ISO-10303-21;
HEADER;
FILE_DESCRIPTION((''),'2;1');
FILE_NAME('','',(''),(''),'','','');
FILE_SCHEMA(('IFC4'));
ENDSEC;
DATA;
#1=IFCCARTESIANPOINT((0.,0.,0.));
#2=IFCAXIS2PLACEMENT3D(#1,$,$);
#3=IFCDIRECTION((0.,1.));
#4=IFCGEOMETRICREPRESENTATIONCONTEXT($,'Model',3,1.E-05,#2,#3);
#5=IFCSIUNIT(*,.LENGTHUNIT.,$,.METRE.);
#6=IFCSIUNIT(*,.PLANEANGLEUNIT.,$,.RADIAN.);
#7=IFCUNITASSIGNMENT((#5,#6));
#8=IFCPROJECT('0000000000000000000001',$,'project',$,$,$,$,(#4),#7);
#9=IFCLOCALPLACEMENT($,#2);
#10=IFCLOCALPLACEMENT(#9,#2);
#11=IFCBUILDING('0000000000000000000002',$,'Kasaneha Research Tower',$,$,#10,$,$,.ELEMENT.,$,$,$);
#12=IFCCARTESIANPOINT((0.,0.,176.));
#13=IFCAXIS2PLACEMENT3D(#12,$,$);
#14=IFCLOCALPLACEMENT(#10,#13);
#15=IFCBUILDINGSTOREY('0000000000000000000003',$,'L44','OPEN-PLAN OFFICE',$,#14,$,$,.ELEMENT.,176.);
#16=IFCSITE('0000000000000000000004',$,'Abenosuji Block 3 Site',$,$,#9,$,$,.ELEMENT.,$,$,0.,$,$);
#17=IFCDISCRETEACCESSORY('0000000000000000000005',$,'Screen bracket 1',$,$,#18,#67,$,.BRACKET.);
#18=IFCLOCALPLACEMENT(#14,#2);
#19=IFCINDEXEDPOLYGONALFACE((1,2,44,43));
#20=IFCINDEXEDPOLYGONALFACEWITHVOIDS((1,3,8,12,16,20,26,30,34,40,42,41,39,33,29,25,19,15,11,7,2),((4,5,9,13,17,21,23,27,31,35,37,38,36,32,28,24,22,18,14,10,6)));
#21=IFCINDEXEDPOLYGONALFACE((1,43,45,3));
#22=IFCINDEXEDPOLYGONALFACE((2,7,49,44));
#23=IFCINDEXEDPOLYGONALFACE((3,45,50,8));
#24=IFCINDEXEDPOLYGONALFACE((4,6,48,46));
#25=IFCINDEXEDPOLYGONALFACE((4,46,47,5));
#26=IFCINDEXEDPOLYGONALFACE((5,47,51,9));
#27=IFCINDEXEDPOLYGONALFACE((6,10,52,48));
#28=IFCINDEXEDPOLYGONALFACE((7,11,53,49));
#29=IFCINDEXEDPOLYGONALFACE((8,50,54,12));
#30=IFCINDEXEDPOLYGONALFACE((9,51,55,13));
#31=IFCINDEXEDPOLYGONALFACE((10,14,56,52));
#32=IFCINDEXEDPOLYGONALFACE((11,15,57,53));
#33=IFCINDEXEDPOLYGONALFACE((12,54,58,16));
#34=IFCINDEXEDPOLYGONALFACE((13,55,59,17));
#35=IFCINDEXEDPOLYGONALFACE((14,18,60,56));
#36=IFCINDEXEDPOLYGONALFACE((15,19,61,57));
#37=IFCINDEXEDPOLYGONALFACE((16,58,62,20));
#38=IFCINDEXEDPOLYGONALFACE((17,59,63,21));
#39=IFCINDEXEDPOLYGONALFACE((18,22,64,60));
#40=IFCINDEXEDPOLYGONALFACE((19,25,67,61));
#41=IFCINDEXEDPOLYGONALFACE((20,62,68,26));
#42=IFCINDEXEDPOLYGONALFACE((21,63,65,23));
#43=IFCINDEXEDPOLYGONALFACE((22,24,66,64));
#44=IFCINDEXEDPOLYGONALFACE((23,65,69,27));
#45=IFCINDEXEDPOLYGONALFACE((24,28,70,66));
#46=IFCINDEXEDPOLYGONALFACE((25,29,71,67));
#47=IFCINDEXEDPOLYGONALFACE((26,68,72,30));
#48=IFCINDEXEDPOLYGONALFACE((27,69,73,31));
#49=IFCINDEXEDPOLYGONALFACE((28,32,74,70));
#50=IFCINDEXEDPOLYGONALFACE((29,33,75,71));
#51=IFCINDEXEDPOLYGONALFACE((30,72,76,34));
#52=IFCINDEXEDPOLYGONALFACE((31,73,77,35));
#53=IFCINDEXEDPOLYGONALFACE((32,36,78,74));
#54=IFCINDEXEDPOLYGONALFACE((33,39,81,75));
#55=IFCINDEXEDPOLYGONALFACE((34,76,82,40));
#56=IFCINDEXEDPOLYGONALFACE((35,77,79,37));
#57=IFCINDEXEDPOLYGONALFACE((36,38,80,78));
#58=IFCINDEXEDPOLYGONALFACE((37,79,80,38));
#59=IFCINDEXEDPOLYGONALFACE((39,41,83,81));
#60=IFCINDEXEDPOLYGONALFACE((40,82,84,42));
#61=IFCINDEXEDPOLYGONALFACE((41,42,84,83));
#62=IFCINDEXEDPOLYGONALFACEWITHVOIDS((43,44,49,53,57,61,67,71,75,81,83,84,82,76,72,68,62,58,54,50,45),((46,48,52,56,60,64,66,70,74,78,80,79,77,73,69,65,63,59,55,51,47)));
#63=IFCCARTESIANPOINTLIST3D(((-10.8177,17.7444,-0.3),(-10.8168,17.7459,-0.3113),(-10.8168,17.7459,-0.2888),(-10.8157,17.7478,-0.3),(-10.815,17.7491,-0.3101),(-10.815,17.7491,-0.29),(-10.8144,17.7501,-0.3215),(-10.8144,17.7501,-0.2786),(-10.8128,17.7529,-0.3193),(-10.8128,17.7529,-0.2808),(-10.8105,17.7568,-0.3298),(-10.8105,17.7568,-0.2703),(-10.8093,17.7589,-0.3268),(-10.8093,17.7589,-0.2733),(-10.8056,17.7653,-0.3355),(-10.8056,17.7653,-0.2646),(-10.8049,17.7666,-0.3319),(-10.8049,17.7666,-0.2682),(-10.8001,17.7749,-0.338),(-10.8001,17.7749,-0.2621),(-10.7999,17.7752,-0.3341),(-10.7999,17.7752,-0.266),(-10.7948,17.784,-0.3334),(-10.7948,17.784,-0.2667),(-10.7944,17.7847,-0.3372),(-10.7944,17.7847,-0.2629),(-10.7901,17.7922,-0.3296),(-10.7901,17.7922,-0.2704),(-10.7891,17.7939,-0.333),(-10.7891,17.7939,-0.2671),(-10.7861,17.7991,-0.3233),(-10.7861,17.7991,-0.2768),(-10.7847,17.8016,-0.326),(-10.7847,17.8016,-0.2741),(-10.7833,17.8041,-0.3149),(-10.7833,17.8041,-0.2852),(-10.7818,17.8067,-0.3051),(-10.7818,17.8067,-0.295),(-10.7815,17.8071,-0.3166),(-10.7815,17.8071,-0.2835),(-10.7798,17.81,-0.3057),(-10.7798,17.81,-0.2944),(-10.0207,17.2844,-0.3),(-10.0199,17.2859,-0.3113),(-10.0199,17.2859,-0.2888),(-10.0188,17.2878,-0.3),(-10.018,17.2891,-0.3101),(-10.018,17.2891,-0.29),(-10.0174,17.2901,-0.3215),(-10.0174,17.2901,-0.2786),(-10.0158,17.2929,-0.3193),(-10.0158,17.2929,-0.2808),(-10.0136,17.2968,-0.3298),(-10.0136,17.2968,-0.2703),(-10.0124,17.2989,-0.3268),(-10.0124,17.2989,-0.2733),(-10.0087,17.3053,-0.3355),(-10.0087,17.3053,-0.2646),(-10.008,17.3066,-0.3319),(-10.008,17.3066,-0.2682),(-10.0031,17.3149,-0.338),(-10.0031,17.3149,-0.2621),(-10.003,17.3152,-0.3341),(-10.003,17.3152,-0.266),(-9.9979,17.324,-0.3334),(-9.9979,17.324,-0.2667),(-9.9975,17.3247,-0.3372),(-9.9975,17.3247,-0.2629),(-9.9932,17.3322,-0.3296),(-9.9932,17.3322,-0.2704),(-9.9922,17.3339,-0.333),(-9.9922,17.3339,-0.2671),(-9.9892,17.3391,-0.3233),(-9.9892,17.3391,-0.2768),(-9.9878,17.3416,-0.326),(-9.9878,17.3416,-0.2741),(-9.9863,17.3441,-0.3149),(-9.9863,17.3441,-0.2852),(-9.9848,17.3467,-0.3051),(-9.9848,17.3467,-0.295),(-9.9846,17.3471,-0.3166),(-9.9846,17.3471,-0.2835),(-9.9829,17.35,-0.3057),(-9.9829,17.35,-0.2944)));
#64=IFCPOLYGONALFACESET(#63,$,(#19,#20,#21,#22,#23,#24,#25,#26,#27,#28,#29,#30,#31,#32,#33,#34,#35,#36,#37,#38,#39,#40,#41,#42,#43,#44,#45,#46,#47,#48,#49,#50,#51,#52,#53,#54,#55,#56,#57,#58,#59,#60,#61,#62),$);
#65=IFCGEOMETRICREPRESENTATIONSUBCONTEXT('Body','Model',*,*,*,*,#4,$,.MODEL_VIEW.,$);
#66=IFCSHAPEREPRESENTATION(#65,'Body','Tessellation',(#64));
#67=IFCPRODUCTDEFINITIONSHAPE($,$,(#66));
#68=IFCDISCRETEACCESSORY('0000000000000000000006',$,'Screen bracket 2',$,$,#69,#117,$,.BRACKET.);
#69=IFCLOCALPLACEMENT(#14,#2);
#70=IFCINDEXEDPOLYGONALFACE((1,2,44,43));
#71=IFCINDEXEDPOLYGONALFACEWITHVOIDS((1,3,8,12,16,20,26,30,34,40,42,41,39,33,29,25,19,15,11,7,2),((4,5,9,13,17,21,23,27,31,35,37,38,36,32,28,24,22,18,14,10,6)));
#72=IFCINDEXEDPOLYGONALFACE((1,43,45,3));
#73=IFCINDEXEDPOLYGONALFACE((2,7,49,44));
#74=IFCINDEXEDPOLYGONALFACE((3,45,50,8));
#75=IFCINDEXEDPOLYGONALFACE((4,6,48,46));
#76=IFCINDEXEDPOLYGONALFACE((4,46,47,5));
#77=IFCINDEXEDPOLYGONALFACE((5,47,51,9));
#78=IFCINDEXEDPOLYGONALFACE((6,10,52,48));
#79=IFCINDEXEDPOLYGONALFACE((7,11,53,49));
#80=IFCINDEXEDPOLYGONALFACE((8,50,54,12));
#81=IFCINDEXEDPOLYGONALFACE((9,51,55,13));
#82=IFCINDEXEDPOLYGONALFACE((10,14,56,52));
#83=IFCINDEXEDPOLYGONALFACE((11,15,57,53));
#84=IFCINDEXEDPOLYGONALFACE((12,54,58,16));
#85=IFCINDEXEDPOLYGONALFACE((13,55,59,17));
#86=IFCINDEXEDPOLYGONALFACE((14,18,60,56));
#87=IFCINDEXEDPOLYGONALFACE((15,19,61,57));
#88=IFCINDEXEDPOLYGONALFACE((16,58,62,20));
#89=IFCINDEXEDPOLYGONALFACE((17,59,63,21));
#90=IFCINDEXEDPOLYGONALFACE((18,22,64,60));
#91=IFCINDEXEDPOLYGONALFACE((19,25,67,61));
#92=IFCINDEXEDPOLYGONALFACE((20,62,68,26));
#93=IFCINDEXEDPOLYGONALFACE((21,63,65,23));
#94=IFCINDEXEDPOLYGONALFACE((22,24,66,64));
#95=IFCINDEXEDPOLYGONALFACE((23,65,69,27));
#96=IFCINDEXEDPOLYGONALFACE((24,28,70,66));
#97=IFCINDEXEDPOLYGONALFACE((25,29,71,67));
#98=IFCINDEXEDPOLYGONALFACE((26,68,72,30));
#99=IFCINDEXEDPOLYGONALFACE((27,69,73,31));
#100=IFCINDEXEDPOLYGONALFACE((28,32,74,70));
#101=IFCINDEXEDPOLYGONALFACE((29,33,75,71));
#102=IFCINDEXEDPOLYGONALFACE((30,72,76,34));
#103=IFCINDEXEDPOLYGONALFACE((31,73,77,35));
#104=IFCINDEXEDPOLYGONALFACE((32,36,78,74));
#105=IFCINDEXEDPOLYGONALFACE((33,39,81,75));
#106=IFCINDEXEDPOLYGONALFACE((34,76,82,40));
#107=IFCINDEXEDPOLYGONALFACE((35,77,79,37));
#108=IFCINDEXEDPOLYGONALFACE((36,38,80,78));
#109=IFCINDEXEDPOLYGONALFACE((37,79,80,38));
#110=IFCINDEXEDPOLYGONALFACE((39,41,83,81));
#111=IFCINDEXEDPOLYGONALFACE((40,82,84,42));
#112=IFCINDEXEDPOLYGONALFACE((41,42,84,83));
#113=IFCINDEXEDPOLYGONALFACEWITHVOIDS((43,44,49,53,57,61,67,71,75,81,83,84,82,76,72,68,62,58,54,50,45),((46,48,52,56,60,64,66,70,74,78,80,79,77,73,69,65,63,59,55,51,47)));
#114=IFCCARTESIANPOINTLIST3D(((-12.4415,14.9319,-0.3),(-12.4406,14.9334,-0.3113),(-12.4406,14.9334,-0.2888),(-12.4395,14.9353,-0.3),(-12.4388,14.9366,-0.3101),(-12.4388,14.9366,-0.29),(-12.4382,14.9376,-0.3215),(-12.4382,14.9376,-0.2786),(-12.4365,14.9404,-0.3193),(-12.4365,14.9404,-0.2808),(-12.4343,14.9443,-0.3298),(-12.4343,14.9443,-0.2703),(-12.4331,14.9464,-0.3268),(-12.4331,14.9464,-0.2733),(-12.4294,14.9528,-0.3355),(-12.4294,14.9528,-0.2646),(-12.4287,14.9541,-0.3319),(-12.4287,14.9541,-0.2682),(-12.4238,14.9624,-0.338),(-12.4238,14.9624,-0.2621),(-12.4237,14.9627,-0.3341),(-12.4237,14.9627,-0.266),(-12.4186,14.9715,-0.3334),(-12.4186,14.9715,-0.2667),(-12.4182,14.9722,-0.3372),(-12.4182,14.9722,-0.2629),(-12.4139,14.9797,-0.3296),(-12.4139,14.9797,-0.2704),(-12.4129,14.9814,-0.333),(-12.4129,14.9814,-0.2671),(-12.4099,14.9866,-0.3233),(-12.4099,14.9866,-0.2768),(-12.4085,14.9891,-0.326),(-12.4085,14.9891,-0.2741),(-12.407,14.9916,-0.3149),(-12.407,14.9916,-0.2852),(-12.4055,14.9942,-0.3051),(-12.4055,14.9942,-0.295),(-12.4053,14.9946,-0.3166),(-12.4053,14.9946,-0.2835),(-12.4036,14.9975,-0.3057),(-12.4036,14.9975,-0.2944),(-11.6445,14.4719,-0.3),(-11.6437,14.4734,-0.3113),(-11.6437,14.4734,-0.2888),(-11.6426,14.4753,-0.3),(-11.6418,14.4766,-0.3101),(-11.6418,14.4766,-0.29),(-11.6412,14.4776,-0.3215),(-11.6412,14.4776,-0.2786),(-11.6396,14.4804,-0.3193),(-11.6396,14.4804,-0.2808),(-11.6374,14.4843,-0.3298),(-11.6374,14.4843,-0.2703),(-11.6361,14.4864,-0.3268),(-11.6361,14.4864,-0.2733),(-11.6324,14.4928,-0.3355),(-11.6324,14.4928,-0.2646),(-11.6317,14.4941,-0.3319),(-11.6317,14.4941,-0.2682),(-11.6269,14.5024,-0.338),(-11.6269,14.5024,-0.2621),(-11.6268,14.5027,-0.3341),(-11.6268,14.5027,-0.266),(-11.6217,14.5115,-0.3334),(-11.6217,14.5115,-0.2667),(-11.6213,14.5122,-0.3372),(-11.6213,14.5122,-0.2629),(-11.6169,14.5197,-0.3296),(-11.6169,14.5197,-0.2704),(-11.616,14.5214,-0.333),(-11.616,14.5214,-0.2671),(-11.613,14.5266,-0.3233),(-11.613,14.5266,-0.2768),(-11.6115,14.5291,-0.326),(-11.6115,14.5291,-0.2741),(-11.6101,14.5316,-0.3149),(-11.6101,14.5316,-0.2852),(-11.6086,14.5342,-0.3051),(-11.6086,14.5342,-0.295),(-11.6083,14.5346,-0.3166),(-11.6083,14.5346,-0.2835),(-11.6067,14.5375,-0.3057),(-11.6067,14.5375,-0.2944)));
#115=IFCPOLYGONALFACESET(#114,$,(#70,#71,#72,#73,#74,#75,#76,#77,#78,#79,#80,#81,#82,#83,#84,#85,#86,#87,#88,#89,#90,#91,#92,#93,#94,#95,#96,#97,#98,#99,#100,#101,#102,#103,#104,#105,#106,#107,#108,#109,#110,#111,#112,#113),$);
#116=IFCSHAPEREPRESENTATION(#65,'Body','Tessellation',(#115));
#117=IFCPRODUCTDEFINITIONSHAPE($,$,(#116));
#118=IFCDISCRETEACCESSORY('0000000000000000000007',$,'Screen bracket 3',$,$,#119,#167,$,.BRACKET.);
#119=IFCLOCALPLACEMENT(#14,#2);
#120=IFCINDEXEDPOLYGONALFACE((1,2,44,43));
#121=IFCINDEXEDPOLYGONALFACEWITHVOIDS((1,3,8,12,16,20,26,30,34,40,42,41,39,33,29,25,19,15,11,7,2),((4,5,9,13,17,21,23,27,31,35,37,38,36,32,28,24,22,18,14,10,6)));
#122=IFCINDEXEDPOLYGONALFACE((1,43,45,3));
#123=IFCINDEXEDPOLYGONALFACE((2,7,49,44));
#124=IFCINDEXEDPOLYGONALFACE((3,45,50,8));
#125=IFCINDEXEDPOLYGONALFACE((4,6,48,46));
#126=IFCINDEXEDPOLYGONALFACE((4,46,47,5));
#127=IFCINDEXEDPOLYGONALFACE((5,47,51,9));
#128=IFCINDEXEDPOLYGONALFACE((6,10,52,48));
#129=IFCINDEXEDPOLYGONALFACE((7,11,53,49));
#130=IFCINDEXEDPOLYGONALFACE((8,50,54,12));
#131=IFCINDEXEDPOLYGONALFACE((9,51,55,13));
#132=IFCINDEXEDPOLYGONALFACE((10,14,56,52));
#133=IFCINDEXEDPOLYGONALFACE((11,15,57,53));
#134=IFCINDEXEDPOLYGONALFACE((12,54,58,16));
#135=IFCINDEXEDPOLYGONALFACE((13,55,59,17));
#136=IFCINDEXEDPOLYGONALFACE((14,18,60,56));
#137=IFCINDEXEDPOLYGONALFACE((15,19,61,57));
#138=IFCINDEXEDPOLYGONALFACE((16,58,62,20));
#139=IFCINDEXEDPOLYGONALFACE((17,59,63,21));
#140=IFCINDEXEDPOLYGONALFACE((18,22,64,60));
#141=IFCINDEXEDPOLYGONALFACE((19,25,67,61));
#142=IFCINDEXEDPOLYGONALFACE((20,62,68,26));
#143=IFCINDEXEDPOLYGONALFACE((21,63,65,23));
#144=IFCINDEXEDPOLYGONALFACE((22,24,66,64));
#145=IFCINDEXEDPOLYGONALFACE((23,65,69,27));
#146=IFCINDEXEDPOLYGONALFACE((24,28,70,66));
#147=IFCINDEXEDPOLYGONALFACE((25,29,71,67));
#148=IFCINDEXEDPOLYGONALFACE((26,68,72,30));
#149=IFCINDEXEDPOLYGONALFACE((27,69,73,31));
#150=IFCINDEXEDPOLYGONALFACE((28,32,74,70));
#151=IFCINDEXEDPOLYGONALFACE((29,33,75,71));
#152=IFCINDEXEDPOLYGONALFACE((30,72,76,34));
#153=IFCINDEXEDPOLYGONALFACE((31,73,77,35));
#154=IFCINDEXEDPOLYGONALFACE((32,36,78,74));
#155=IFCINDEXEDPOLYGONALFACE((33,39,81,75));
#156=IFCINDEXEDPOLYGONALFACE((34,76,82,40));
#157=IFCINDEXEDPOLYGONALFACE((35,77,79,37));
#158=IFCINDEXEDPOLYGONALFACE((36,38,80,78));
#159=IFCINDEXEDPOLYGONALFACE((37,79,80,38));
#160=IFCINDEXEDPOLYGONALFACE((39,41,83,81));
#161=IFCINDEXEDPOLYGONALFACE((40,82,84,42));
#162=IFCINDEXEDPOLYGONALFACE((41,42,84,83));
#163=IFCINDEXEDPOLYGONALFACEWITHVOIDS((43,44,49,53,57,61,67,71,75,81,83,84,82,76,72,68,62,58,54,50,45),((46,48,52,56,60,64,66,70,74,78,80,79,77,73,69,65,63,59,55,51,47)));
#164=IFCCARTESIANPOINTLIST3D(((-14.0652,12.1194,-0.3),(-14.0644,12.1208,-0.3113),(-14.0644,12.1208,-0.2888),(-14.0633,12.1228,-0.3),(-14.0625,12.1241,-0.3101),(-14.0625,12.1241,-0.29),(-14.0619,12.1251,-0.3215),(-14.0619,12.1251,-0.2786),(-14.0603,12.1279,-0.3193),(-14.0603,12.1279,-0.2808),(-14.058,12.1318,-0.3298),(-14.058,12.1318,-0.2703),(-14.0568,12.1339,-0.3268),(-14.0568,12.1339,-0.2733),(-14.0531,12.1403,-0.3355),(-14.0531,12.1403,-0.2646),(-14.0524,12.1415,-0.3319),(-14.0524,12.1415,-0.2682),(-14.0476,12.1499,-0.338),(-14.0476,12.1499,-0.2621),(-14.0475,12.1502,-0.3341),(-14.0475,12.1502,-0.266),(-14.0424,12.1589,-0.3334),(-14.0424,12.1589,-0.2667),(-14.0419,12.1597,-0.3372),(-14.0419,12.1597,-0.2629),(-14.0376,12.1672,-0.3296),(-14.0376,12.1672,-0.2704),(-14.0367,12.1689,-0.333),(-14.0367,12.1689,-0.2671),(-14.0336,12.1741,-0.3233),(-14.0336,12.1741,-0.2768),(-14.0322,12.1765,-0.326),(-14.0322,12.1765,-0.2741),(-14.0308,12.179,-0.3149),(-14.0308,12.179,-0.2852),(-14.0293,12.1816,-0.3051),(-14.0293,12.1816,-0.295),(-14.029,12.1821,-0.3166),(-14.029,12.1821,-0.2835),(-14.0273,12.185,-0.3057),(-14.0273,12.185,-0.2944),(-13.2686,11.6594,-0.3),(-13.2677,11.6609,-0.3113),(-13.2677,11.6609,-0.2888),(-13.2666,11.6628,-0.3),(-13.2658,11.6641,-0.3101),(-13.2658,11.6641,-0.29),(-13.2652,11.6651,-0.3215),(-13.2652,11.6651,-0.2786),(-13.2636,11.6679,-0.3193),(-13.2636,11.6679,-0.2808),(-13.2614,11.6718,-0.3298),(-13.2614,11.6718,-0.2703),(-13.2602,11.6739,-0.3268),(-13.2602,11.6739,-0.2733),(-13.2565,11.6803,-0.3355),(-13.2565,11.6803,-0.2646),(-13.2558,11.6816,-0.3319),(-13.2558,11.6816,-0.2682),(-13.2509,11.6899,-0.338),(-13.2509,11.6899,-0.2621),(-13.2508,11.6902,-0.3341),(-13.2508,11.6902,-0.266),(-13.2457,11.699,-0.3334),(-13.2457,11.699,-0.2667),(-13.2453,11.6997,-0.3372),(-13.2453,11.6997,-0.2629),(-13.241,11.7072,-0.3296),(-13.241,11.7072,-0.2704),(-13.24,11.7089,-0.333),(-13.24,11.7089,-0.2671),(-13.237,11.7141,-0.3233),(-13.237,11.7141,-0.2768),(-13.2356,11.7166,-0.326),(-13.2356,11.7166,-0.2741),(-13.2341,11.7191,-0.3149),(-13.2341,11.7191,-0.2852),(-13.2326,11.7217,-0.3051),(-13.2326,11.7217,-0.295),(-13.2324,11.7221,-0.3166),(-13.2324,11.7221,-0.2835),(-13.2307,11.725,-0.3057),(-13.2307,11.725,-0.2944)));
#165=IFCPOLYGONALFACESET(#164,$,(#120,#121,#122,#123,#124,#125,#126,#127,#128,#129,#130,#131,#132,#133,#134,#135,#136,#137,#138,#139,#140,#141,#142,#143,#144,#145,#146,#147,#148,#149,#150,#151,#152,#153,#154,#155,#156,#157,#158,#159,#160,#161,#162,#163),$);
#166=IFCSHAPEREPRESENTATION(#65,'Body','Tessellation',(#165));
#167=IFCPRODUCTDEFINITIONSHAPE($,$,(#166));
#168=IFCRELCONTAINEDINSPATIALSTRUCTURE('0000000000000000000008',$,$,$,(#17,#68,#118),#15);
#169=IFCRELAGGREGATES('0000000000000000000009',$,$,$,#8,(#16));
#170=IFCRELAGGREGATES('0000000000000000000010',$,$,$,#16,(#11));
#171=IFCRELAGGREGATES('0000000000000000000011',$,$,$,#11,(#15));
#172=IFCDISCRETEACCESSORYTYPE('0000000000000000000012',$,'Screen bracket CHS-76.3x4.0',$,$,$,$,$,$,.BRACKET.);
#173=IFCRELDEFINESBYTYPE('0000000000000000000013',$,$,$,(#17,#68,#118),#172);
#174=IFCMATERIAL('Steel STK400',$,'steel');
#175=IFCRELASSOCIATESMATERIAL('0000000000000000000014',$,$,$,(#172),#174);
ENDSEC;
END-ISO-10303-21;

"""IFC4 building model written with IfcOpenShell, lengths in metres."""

from ifc_helpers import new_model, si_unit, direction, frame, origin, origin_2d, place, context, subcontext, project, spatial, hollow_circle, extrude, material, material_profile, profile_set, type_object, element, save


model = new_model("IFC4")

# Units and contexts
model_context = context("Model", 3, precision=1e-05, world=origin(), true_north=direction((0.0, 1.0)))
body_context = subcontext(model_context, "Body", "Model", "MODEL_VIEW")
ifc_project = project(units=[si_unit("LENGTHUNIT", "METRE"), si_unit("PLANEANGLEUNIT", "RADIAN")], contexts=[model_context])

# Site, building, storey
site_placement = place(None, origin())
site = spatial("IfcSite", under=ifc_project, at=site_placement, Name="Abenosuji Block 3 Site", CompositionType="ELEMENT", RefElevation=0.0)
building_placement = place(site_placement, origin())
building = spatial("IfcBuilding", under=site, at=building_placement, Name="Kasaneha Research Tower", CompositionType="ELEMENT")
storey_placement = place(building_placement, frame((0.0, 0.0, 176.0)))
storey = spatial("IfcBuildingStorey", under=building, at=storey_placement, Name="L44", Description="OPEN-PLAN OFFICE", CompositionType="ELEMENT", Elevation=176.0)

# Discrete accessories
ifc_material_1 = material(Name="Steel STK400", Category="steel")
ifc_material_profile_1 = material_profile(ifc_material_1, hollow_circle(Radius=0.0381, WallThickness=0.0039, at=origin_2d()), Name="CHS-76.3x4.0")
ifc_profile_set_1 = profile_set([ifc_material_profile_1], Name="Steel STK400")
discrete_accessory_type = type_object("IfcDiscreteAccessoryType", Name="Screen bracket CHS-76.3x4.0", PredefinedType="BRACKET", material=ifc_profile_set_1)
for number, where, z_axis, x_axis, name in (
    (1, (-10.0017, 17.3174, -0.3), (-0.86608, 0.499906, 0.0), (-0.499906, -0.86608, 0.0), "Screen bracket 1"),
    (2, (-11.6255, 14.5049, -0.3), (-0.86608, 0.499906, 0.0), (-0.499906, -0.86608, 0.0), "Screen bracket 2"),
):
    element("IfcDiscreteAccessory", number, at=place(storey_placement, frame(where, z_axis=z_axis, x_axis=x_axis)), inside=storey, type_object=discrete_accessory_type, Name=name, PredefinedType="BRACKET", context=body_context, shape_type="SweptSolid", body=[
        extrude(hollow_circle(Radius=0.0381, WallThickness=0.0039, at=origin_2d()), origin(), (0.0, 0.0, 1.0), 0.9202),
    ])
for number, where, z_axis, x_axis, name in (
    (3, (-13.2495, 11.6924, -0.3), (-0.866013, 0.500021, 0.0), (-0.500021, -0.866013, 0.0), "Screen bracket 3"),
):
    element("IfcDiscreteAccessory", number, at=place(storey_placement, frame(where, z_axis=z_axis, x_axis=x_axis)), inside=storey, type_object=discrete_accessory_type, Name=name, PredefinedType="BRACKET", context=body_context, shape_type="SweptSolid", body=[
        extrude(hollow_circle(Radius=0.0381, WallThickness=0.0039, at=origin_2d()), origin(), (0.0, 0.0, 1.0), 0.9199),
    ])

save(model, "model.ifc")
